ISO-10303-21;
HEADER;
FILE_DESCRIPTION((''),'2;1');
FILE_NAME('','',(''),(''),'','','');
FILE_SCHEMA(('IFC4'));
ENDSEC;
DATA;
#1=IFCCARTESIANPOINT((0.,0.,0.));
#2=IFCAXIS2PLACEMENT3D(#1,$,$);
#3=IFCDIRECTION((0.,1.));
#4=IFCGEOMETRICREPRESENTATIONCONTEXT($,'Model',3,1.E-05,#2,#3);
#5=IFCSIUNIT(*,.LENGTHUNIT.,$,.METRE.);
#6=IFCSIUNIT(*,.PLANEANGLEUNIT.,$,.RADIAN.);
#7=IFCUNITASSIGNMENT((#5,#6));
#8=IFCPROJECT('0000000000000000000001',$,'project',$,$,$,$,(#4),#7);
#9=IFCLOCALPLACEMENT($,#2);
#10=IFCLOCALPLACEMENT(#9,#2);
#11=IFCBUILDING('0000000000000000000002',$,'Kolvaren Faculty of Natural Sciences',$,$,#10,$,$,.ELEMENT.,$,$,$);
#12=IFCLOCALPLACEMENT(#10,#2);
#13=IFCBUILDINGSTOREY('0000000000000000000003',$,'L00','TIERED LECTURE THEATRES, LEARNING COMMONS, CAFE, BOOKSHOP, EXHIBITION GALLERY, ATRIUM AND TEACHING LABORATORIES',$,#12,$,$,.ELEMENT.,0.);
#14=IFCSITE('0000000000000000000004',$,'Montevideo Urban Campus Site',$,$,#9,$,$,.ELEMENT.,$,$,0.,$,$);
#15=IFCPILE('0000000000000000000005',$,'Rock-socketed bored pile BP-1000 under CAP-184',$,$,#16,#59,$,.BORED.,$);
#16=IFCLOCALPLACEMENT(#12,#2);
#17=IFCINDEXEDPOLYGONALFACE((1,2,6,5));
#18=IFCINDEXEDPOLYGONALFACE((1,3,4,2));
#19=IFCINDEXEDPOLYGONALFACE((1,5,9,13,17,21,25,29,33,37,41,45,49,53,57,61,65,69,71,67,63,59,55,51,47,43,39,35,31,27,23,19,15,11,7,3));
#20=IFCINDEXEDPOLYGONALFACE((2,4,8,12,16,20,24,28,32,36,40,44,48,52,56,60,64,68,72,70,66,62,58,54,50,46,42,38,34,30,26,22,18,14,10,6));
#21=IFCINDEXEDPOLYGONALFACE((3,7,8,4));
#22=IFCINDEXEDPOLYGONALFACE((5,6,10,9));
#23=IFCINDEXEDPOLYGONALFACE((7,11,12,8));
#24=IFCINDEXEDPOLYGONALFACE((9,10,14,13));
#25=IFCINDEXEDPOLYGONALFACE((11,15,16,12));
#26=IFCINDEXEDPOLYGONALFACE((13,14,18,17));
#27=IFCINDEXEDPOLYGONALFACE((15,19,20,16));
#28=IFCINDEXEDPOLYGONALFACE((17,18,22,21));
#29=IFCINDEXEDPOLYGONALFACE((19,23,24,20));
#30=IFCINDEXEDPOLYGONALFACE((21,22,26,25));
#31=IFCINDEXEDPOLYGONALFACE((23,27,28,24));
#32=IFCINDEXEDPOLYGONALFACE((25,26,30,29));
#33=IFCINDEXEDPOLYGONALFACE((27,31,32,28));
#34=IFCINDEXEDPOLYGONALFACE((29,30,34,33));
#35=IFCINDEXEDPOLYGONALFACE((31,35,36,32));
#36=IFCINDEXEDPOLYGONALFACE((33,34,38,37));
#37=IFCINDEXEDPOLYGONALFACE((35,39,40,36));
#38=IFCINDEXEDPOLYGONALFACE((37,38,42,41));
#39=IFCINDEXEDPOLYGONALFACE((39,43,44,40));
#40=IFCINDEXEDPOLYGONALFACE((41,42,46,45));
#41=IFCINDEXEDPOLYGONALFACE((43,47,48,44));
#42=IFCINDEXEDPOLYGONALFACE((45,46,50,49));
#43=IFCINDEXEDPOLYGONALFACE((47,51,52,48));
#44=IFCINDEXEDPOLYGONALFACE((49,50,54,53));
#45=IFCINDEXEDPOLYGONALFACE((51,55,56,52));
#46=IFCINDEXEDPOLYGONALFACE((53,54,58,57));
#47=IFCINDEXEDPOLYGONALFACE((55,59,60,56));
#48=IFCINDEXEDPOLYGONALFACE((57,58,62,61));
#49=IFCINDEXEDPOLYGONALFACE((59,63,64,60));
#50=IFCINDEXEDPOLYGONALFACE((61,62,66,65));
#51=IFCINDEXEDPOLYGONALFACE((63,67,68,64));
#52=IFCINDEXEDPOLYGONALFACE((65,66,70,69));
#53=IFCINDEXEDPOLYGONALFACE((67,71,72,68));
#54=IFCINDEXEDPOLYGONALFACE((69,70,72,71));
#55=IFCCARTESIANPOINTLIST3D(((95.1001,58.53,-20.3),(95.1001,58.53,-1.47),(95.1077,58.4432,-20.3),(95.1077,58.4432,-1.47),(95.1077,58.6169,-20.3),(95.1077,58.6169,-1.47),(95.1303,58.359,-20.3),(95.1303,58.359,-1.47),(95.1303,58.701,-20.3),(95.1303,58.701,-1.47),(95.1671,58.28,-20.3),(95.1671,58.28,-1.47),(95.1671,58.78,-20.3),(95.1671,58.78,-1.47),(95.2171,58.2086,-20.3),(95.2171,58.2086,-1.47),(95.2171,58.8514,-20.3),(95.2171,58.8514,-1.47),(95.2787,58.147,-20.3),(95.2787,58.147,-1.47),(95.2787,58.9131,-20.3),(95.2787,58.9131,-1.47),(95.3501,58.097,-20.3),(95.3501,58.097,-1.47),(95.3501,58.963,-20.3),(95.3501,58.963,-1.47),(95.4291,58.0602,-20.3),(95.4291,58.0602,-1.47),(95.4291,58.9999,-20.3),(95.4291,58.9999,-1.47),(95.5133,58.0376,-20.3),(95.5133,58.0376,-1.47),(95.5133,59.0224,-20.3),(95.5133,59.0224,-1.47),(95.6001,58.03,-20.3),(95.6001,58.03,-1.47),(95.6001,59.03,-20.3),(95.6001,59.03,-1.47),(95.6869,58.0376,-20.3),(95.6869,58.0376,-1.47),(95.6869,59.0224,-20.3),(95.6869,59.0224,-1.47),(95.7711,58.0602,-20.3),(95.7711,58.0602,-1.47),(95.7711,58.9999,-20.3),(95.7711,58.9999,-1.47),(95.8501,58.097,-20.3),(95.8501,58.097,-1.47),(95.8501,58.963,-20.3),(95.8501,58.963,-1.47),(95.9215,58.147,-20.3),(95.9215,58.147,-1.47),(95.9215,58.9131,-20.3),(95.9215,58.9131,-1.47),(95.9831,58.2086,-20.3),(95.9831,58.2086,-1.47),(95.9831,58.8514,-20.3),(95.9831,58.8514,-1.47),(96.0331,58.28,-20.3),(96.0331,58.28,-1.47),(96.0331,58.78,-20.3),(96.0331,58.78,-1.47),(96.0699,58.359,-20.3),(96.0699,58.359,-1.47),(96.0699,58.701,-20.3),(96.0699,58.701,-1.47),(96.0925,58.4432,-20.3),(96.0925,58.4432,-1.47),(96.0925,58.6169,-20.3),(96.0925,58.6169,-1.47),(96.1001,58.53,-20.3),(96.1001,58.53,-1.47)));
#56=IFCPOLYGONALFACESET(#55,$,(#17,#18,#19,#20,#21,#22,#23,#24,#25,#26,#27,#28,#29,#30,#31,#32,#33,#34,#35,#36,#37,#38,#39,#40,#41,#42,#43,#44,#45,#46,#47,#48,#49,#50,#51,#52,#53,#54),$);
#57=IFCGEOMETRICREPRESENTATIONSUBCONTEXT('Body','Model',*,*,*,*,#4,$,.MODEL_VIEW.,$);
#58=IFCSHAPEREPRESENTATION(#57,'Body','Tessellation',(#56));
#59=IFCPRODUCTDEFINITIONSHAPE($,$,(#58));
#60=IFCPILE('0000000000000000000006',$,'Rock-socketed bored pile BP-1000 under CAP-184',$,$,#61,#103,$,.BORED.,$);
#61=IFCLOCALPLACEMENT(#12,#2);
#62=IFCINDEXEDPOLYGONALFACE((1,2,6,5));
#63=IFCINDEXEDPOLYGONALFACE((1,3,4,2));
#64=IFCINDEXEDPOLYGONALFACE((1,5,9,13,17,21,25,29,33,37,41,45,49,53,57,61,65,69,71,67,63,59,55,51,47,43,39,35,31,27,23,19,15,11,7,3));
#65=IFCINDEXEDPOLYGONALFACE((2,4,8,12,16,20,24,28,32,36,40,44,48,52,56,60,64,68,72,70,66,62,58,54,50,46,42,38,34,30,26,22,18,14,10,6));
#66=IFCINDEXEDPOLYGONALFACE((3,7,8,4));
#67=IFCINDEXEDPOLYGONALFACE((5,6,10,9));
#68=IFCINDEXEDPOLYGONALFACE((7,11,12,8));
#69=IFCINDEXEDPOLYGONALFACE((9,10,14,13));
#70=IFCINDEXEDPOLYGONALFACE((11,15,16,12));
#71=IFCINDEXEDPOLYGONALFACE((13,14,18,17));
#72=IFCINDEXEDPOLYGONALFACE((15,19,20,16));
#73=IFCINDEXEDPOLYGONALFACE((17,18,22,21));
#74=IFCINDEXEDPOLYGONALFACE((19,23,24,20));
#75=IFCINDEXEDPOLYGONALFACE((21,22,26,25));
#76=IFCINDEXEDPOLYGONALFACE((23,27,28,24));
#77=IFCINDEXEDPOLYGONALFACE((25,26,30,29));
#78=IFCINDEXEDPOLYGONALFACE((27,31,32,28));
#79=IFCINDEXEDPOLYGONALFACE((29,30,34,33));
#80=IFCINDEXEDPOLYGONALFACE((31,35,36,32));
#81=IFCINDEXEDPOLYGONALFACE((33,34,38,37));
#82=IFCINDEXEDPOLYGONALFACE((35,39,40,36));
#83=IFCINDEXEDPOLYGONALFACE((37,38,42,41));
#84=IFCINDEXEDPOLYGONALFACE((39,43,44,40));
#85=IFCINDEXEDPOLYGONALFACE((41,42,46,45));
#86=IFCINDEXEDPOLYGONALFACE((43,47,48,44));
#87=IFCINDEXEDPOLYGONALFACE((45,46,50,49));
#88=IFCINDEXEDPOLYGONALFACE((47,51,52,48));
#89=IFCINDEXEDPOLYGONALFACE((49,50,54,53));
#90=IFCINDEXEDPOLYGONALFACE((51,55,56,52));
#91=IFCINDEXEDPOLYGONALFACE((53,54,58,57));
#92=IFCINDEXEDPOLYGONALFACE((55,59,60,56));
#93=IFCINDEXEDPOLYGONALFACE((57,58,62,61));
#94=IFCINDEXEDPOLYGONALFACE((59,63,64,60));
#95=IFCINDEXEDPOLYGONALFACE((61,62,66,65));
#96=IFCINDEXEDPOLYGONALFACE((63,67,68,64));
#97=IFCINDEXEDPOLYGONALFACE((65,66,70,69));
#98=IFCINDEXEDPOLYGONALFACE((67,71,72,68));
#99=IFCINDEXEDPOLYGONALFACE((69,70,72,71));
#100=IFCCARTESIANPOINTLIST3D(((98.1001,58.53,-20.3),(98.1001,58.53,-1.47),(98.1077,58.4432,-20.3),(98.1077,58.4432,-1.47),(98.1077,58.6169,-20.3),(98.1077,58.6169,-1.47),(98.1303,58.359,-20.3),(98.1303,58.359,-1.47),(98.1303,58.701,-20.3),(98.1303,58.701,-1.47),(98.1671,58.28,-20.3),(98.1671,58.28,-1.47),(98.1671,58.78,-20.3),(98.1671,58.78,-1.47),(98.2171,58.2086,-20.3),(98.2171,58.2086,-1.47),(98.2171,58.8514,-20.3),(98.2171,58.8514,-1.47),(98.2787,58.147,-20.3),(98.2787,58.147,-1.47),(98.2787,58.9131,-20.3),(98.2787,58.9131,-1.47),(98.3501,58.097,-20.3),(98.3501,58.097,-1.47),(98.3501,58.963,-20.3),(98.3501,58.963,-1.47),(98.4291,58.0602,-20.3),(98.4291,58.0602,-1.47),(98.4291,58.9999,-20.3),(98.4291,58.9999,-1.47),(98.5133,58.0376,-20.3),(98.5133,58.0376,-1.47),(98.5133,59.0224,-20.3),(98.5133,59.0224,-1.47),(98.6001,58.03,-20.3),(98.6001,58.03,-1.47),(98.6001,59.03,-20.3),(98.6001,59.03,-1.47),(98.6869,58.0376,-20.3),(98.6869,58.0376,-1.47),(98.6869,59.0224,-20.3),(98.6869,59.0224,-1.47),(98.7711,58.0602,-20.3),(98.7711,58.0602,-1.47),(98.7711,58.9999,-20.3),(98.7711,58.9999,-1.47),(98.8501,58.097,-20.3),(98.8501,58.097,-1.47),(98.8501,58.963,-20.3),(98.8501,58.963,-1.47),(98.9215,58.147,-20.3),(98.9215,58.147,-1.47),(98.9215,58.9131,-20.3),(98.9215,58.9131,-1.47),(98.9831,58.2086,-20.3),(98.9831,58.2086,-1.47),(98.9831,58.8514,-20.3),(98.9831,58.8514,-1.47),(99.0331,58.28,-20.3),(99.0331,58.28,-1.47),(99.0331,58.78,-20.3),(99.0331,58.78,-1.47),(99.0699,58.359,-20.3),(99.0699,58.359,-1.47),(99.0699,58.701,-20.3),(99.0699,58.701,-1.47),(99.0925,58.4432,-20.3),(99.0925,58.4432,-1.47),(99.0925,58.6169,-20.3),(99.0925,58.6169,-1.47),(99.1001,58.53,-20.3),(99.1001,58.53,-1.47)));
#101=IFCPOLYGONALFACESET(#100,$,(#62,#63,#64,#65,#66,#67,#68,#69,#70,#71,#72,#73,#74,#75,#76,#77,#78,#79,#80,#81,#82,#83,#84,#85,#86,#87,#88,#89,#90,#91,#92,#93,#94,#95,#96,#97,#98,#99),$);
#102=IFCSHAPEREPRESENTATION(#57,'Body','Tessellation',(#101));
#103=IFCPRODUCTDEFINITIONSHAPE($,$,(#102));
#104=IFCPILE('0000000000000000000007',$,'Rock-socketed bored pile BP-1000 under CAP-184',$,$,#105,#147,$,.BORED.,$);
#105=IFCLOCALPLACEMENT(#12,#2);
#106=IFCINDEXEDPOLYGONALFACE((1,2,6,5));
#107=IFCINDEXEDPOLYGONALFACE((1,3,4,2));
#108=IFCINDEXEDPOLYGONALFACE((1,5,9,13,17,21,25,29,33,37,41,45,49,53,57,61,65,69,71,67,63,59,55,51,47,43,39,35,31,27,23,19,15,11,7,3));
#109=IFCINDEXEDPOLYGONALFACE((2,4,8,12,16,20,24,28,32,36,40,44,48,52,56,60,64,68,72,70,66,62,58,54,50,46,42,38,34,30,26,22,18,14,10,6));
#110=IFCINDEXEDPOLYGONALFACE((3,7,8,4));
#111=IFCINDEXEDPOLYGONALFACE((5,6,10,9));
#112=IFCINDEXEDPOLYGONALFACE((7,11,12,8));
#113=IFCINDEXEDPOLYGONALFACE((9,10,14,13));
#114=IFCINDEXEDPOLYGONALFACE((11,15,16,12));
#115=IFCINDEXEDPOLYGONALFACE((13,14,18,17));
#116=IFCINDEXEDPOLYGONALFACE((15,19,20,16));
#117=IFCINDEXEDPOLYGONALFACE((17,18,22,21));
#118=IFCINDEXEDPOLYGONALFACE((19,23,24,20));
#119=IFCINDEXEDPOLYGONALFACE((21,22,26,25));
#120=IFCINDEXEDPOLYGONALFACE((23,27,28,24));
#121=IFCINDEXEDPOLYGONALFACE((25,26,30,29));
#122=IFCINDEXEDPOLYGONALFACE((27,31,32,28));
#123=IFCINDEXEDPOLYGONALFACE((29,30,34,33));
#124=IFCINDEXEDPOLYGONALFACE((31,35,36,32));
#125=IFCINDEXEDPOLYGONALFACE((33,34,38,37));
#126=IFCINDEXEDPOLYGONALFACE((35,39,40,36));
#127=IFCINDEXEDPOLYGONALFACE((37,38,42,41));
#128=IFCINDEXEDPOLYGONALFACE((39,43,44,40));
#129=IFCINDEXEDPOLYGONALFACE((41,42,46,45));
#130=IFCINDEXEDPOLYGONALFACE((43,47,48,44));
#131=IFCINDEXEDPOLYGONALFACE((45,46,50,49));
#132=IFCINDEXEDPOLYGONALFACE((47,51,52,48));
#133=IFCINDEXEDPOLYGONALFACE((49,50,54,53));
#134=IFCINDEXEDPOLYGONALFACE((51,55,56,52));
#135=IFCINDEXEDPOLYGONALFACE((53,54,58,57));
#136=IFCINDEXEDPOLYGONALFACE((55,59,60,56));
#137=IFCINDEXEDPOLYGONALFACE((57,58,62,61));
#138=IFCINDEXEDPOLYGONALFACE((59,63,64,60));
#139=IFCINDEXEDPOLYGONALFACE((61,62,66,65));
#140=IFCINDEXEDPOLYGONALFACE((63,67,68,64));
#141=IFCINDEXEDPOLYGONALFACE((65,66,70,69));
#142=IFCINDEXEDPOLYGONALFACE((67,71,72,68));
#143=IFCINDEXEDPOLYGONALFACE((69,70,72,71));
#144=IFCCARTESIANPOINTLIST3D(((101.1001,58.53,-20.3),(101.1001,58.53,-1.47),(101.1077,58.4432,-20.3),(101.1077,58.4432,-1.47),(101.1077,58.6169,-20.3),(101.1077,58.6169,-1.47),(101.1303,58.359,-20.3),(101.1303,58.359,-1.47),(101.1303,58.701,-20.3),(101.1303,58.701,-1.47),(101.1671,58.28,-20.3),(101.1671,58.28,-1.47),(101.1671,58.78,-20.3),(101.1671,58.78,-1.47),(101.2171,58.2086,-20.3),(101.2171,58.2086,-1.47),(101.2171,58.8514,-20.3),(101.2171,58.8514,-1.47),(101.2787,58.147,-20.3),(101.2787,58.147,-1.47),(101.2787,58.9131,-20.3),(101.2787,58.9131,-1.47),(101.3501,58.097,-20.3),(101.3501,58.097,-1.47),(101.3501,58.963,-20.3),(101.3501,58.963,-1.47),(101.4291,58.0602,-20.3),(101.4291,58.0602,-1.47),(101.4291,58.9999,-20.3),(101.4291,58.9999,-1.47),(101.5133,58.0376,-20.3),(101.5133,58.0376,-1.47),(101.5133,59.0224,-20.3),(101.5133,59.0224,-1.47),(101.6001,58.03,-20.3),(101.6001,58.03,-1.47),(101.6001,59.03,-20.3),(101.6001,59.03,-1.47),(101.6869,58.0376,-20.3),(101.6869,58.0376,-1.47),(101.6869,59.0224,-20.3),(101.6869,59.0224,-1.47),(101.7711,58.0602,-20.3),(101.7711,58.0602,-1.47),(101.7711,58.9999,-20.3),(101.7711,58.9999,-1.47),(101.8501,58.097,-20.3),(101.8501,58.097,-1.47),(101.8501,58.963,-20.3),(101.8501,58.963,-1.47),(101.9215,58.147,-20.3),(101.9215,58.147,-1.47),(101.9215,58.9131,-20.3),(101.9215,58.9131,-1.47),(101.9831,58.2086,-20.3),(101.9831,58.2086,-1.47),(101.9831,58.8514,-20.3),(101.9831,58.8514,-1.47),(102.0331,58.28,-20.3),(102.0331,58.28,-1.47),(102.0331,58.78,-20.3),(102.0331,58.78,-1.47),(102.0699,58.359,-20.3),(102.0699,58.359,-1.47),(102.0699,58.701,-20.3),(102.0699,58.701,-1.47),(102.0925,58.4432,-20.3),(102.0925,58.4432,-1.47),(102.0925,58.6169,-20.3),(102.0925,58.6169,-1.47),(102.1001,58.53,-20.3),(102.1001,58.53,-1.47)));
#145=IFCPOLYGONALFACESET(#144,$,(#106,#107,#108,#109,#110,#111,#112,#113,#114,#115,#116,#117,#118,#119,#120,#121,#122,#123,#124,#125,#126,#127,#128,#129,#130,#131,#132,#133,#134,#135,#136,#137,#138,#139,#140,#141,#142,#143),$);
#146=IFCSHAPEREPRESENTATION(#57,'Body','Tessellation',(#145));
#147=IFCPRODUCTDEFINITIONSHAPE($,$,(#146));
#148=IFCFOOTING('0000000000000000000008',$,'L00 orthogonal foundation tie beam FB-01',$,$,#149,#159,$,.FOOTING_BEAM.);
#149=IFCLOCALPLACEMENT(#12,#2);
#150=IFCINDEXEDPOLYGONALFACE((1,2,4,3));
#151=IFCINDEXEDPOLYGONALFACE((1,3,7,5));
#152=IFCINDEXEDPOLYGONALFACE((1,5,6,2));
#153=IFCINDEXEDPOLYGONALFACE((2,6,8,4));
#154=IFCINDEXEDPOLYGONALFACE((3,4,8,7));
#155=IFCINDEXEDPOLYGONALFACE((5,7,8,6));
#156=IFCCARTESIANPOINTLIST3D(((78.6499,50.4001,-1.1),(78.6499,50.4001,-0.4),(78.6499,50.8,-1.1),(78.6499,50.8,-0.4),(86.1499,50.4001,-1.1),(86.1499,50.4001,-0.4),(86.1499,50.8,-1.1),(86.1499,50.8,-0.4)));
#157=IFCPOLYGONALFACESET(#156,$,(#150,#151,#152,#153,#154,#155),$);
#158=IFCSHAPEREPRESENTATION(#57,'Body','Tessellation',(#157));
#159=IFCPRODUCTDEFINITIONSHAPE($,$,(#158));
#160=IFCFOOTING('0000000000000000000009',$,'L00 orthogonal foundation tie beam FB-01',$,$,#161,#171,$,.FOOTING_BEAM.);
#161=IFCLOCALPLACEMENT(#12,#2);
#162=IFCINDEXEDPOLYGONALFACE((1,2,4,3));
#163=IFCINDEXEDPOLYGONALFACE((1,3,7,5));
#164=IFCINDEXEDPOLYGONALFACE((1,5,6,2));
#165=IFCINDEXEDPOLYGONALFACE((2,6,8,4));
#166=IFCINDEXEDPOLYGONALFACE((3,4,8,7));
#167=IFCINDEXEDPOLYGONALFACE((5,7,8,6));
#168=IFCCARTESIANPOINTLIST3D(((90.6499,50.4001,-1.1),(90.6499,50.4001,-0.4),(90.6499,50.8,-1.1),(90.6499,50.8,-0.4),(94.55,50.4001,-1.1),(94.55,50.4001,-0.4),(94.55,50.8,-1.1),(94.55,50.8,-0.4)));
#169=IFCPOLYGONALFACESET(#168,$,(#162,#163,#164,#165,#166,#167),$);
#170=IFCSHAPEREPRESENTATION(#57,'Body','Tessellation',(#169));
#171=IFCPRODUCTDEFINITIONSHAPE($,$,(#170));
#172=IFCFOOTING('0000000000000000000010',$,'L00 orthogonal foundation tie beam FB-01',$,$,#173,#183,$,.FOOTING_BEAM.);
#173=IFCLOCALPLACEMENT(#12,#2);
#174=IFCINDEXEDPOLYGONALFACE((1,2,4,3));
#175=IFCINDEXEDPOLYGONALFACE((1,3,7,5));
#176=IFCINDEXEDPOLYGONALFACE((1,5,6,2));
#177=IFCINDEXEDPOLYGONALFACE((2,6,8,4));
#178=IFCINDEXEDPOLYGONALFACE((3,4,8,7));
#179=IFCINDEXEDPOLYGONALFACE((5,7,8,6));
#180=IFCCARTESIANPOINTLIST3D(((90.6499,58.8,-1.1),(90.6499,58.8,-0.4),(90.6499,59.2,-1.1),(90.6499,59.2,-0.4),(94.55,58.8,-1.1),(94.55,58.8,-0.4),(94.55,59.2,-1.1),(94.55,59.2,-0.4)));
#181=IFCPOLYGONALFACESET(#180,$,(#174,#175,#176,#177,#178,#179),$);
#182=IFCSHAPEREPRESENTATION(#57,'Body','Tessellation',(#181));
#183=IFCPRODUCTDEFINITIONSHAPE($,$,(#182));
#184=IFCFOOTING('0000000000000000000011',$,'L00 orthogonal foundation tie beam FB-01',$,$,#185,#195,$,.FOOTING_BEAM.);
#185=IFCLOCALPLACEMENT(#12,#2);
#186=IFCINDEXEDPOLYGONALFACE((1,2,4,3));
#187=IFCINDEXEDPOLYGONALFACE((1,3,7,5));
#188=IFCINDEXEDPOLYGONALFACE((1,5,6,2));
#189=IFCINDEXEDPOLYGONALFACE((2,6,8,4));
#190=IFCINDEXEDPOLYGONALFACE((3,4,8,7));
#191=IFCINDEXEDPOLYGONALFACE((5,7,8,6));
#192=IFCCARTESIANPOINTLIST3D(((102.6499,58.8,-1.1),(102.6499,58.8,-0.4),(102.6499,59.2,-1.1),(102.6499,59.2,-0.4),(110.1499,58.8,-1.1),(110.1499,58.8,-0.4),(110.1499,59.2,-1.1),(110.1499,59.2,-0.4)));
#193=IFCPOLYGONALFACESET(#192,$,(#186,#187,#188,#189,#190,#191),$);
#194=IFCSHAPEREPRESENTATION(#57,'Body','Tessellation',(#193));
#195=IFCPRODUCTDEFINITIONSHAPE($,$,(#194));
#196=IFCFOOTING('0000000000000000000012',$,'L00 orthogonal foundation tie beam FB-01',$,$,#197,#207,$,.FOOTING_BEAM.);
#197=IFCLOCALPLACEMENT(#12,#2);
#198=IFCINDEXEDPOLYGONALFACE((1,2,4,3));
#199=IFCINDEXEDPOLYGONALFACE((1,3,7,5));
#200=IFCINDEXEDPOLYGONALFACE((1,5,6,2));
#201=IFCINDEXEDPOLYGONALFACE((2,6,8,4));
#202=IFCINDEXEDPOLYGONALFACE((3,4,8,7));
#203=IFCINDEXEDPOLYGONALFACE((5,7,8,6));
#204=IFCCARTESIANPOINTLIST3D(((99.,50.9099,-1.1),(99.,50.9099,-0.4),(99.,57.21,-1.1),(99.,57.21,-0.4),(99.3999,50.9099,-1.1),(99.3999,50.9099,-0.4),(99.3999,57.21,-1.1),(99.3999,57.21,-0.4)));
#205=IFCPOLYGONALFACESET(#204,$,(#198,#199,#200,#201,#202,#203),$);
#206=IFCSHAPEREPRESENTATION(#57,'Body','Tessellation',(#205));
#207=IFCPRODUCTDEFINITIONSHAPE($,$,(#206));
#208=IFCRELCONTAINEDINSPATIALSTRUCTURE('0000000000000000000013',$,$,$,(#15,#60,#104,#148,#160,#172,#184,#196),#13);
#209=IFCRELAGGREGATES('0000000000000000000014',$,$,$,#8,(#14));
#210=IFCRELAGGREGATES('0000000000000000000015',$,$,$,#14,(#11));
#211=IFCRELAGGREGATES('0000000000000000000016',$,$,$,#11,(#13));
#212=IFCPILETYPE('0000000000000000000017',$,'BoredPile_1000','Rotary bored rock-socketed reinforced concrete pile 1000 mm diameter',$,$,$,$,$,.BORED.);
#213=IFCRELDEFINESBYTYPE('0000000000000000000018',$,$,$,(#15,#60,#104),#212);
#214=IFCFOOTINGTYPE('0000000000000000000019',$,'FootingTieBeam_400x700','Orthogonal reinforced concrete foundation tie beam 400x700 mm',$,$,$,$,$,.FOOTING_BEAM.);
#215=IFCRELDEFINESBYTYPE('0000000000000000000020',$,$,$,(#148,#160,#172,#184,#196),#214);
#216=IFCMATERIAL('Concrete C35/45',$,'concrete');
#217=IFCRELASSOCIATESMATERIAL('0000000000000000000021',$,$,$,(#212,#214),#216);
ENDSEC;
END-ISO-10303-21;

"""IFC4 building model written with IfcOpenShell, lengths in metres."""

from ifc_helpers import new_model, si_unit, direction, frame, origin, origin_2d, place, context, subcontext, project, spatial, rectangle, circle, extrude, material, material_profile, profile_set, type_object, element, save


model = new_model("IFC4")

# Units and contexts
model_context = context("Model", 3, precision=1e-05, world=origin(), true_north=direction((0.0, 1.0)))
body_context = subcontext(model_context, "Body", "Model", "MODEL_VIEW")
ifc_project = project(units=[si_unit("LENGTHUNIT", "METRE"), si_unit("PLANEANGLEUNIT", "RADIAN")], contexts=[model_context])

# Site, building, storey
site_placement = place(None, origin())
site = spatial("IfcSite", under=ifc_project, at=site_placement, Name="Montevideo Urban Campus Site", CompositionType="ELEMENT", RefElevation=0.0)
building_placement = place(site_placement, origin())
building = spatial("IfcBuilding", under=site, at=building_placement, Name="Kolvaren Faculty of Natural Sciences", CompositionType="ELEMENT")
storey_placement = place(building_placement, origin())
storey = spatial("IfcBuildingStorey", under=building, at=storey_placement, Name="L00", Description="TIERED LECTURE THEATRES, LEARNING COMMONS, CAFE, BOOKSHOP, EXHIBITION GALLERY, ATRIUM AND TEACHING LABORATORIES", CompositionType="ELEMENT", Elevation=0.0)

# Piles
ifc_material_1 = material(Name="Concrete C35/45", Category="concrete")
ifc_material_profile_1 = material_profile(ifc_material_1, circle(Radius=0.5, at=origin_2d()), Name="PILE D1000")
ifc_profile_set_1 = profile_set([ifc_material_profile_1], Name="Concrete C35/45")
pile_type = type_object("IfcPileType", Name="BoredPile_1000", Description="Rotary bored rock-socketed reinforced concrete pile 1000 mm diameter", PredefinedType="BORED", material=ifc_profile_set_1)
for number, where, z_axis, x_axis, name in (
    (1, (95.6001, 58.53, -1.47), (0.0, 0.0, -1.0), (1.0, 0.0, 0.0), "Rock-socketed bored pile BP-1000 under CAP-184"),
    (2, (98.6001, 58.53, -1.47), (0.0, 0.0, -1.0), (1.0, 0.0, 0.0), "Rock-socketed bored pile BP-1000 under CAP-184"),
    (3, (101.6001, 58.53, -1.47), (0.0, 0.0, -1.0), (1.0, 0.0, 0.0), "Rock-socketed bored pile BP-1000 under CAP-184"),
):
    element("IfcPile", number, at=place(storey_placement, frame(where, z_axis=z_axis, x_axis=x_axis)), inside=storey, type_object=pile_type, Name=name, PredefinedType="BORED", context=body_context, shape_type="SweptSolid", body=[
        extrude(circle(Radius=0.5, at=origin_2d()), origin(), (0.0, 0.0, 1.0), 18.8301),
    ])

# Footings
ifc_material_profile_2 = material_profile(ifc_material_1, rectangle(XDim=0.3999, YDim=0.7, at=origin_2d()), Name="RC FB 400x700")
ifc_profile_set_2 = profile_set([ifc_material_profile_2], Name="Concrete C35/45")
footing_type_1 = type_object("IfcFootingType", Name="FootingTieBeam_400x700", Description="Orthogonal reinforced concrete foundation tie beam 400x700 mm", PredefinedType="FOOTING_BEAM", material=ifc_profile_set_2)
footing_1_placement = place(storey_placement, frame((78.6499, 50.6001, -0.75), z_axis=(1.0, 0.0, 0.0), x_axis=(0.0, 1.0, 0.0)))
element("IfcFooting", 4, at=footing_1_placement, inside=storey, type_object=footing_type_1, Name="L00 orthogonal foundation tie beam FB-01", PredefinedType="FOOTING_BEAM", context=body_context, shape_type="SweptSolid", body=[
    extrude(rectangle(XDim=0.3999, YDim=0.7, at=origin_2d()), origin(), (0.0, 0.0, 1.0), 7.5),
])
for number, where, z_axis, x_axis, name in (
    (5, (90.6499, 50.6001, -0.75), (1.0, 0.0, 0.0), (0.0, 1.0, 0.0), "L00 orthogonal foundation tie beam FB-01"),
    (6, (90.6499, 59.0, -0.75), (1.0, 0.0, 0.0), (0.0, 1.0, 0.0), "L00 orthogonal foundation tie beam FB-01"),
):
    element("IfcFooting", number, at=place(storey_placement, frame(where, z_axis=z_axis, x_axis=x_axis)), inside=storey, type_object=footing_type_1, Name=name, PredefinedType="FOOTING_BEAM", context=body_context, shape_type="SweptSolid", body=[
        extrude(rectangle(XDim=0.3999, YDim=0.7, at=origin_2d()), origin(), (0.0, 0.0, 1.0), 3.9001),
    ])
footing_2_placement = place(storey_placement, frame((102.6499, 59.0, -0.75), z_axis=(1.0, 0.0, 0.0), x_axis=(0.0, 1.0, 0.0)))
element("IfcFooting", 7, at=footing_2_placement, inside=storey, type_object=footing_type_1, Name="L00 orthogonal foundation tie beam FB-01", PredefinedType="FOOTING_BEAM", context=body_context, shape_type="SweptSolid", body=[
    extrude(rectangle(XDim=0.3999, YDim=0.7, at=origin_2d()), origin(), (0.0, 0.0, 1.0), 7.5),
])
footing_3_placement = place(storey_placement, frame((99.2, 50.9099, -0.75), z_axis=(0.0, 1.0, 0.0), x_axis=(-1.0, 0.0, 0.0)))
element("IfcFooting", 8, at=footing_3_placement, inside=storey, type_object=footing_type_1, Name="L00 orthogonal foundation tie beam FB-01", PredefinedType="FOOTING_BEAM", context=body_context, shape_type="SweptSolid", body=[
    extrude(rectangle(XDim=0.3999, YDim=0.7, at=origin_2d()), origin(), (0.0, 0.0, 1.0), 6.3),
])

save(model, "model.ifc")
